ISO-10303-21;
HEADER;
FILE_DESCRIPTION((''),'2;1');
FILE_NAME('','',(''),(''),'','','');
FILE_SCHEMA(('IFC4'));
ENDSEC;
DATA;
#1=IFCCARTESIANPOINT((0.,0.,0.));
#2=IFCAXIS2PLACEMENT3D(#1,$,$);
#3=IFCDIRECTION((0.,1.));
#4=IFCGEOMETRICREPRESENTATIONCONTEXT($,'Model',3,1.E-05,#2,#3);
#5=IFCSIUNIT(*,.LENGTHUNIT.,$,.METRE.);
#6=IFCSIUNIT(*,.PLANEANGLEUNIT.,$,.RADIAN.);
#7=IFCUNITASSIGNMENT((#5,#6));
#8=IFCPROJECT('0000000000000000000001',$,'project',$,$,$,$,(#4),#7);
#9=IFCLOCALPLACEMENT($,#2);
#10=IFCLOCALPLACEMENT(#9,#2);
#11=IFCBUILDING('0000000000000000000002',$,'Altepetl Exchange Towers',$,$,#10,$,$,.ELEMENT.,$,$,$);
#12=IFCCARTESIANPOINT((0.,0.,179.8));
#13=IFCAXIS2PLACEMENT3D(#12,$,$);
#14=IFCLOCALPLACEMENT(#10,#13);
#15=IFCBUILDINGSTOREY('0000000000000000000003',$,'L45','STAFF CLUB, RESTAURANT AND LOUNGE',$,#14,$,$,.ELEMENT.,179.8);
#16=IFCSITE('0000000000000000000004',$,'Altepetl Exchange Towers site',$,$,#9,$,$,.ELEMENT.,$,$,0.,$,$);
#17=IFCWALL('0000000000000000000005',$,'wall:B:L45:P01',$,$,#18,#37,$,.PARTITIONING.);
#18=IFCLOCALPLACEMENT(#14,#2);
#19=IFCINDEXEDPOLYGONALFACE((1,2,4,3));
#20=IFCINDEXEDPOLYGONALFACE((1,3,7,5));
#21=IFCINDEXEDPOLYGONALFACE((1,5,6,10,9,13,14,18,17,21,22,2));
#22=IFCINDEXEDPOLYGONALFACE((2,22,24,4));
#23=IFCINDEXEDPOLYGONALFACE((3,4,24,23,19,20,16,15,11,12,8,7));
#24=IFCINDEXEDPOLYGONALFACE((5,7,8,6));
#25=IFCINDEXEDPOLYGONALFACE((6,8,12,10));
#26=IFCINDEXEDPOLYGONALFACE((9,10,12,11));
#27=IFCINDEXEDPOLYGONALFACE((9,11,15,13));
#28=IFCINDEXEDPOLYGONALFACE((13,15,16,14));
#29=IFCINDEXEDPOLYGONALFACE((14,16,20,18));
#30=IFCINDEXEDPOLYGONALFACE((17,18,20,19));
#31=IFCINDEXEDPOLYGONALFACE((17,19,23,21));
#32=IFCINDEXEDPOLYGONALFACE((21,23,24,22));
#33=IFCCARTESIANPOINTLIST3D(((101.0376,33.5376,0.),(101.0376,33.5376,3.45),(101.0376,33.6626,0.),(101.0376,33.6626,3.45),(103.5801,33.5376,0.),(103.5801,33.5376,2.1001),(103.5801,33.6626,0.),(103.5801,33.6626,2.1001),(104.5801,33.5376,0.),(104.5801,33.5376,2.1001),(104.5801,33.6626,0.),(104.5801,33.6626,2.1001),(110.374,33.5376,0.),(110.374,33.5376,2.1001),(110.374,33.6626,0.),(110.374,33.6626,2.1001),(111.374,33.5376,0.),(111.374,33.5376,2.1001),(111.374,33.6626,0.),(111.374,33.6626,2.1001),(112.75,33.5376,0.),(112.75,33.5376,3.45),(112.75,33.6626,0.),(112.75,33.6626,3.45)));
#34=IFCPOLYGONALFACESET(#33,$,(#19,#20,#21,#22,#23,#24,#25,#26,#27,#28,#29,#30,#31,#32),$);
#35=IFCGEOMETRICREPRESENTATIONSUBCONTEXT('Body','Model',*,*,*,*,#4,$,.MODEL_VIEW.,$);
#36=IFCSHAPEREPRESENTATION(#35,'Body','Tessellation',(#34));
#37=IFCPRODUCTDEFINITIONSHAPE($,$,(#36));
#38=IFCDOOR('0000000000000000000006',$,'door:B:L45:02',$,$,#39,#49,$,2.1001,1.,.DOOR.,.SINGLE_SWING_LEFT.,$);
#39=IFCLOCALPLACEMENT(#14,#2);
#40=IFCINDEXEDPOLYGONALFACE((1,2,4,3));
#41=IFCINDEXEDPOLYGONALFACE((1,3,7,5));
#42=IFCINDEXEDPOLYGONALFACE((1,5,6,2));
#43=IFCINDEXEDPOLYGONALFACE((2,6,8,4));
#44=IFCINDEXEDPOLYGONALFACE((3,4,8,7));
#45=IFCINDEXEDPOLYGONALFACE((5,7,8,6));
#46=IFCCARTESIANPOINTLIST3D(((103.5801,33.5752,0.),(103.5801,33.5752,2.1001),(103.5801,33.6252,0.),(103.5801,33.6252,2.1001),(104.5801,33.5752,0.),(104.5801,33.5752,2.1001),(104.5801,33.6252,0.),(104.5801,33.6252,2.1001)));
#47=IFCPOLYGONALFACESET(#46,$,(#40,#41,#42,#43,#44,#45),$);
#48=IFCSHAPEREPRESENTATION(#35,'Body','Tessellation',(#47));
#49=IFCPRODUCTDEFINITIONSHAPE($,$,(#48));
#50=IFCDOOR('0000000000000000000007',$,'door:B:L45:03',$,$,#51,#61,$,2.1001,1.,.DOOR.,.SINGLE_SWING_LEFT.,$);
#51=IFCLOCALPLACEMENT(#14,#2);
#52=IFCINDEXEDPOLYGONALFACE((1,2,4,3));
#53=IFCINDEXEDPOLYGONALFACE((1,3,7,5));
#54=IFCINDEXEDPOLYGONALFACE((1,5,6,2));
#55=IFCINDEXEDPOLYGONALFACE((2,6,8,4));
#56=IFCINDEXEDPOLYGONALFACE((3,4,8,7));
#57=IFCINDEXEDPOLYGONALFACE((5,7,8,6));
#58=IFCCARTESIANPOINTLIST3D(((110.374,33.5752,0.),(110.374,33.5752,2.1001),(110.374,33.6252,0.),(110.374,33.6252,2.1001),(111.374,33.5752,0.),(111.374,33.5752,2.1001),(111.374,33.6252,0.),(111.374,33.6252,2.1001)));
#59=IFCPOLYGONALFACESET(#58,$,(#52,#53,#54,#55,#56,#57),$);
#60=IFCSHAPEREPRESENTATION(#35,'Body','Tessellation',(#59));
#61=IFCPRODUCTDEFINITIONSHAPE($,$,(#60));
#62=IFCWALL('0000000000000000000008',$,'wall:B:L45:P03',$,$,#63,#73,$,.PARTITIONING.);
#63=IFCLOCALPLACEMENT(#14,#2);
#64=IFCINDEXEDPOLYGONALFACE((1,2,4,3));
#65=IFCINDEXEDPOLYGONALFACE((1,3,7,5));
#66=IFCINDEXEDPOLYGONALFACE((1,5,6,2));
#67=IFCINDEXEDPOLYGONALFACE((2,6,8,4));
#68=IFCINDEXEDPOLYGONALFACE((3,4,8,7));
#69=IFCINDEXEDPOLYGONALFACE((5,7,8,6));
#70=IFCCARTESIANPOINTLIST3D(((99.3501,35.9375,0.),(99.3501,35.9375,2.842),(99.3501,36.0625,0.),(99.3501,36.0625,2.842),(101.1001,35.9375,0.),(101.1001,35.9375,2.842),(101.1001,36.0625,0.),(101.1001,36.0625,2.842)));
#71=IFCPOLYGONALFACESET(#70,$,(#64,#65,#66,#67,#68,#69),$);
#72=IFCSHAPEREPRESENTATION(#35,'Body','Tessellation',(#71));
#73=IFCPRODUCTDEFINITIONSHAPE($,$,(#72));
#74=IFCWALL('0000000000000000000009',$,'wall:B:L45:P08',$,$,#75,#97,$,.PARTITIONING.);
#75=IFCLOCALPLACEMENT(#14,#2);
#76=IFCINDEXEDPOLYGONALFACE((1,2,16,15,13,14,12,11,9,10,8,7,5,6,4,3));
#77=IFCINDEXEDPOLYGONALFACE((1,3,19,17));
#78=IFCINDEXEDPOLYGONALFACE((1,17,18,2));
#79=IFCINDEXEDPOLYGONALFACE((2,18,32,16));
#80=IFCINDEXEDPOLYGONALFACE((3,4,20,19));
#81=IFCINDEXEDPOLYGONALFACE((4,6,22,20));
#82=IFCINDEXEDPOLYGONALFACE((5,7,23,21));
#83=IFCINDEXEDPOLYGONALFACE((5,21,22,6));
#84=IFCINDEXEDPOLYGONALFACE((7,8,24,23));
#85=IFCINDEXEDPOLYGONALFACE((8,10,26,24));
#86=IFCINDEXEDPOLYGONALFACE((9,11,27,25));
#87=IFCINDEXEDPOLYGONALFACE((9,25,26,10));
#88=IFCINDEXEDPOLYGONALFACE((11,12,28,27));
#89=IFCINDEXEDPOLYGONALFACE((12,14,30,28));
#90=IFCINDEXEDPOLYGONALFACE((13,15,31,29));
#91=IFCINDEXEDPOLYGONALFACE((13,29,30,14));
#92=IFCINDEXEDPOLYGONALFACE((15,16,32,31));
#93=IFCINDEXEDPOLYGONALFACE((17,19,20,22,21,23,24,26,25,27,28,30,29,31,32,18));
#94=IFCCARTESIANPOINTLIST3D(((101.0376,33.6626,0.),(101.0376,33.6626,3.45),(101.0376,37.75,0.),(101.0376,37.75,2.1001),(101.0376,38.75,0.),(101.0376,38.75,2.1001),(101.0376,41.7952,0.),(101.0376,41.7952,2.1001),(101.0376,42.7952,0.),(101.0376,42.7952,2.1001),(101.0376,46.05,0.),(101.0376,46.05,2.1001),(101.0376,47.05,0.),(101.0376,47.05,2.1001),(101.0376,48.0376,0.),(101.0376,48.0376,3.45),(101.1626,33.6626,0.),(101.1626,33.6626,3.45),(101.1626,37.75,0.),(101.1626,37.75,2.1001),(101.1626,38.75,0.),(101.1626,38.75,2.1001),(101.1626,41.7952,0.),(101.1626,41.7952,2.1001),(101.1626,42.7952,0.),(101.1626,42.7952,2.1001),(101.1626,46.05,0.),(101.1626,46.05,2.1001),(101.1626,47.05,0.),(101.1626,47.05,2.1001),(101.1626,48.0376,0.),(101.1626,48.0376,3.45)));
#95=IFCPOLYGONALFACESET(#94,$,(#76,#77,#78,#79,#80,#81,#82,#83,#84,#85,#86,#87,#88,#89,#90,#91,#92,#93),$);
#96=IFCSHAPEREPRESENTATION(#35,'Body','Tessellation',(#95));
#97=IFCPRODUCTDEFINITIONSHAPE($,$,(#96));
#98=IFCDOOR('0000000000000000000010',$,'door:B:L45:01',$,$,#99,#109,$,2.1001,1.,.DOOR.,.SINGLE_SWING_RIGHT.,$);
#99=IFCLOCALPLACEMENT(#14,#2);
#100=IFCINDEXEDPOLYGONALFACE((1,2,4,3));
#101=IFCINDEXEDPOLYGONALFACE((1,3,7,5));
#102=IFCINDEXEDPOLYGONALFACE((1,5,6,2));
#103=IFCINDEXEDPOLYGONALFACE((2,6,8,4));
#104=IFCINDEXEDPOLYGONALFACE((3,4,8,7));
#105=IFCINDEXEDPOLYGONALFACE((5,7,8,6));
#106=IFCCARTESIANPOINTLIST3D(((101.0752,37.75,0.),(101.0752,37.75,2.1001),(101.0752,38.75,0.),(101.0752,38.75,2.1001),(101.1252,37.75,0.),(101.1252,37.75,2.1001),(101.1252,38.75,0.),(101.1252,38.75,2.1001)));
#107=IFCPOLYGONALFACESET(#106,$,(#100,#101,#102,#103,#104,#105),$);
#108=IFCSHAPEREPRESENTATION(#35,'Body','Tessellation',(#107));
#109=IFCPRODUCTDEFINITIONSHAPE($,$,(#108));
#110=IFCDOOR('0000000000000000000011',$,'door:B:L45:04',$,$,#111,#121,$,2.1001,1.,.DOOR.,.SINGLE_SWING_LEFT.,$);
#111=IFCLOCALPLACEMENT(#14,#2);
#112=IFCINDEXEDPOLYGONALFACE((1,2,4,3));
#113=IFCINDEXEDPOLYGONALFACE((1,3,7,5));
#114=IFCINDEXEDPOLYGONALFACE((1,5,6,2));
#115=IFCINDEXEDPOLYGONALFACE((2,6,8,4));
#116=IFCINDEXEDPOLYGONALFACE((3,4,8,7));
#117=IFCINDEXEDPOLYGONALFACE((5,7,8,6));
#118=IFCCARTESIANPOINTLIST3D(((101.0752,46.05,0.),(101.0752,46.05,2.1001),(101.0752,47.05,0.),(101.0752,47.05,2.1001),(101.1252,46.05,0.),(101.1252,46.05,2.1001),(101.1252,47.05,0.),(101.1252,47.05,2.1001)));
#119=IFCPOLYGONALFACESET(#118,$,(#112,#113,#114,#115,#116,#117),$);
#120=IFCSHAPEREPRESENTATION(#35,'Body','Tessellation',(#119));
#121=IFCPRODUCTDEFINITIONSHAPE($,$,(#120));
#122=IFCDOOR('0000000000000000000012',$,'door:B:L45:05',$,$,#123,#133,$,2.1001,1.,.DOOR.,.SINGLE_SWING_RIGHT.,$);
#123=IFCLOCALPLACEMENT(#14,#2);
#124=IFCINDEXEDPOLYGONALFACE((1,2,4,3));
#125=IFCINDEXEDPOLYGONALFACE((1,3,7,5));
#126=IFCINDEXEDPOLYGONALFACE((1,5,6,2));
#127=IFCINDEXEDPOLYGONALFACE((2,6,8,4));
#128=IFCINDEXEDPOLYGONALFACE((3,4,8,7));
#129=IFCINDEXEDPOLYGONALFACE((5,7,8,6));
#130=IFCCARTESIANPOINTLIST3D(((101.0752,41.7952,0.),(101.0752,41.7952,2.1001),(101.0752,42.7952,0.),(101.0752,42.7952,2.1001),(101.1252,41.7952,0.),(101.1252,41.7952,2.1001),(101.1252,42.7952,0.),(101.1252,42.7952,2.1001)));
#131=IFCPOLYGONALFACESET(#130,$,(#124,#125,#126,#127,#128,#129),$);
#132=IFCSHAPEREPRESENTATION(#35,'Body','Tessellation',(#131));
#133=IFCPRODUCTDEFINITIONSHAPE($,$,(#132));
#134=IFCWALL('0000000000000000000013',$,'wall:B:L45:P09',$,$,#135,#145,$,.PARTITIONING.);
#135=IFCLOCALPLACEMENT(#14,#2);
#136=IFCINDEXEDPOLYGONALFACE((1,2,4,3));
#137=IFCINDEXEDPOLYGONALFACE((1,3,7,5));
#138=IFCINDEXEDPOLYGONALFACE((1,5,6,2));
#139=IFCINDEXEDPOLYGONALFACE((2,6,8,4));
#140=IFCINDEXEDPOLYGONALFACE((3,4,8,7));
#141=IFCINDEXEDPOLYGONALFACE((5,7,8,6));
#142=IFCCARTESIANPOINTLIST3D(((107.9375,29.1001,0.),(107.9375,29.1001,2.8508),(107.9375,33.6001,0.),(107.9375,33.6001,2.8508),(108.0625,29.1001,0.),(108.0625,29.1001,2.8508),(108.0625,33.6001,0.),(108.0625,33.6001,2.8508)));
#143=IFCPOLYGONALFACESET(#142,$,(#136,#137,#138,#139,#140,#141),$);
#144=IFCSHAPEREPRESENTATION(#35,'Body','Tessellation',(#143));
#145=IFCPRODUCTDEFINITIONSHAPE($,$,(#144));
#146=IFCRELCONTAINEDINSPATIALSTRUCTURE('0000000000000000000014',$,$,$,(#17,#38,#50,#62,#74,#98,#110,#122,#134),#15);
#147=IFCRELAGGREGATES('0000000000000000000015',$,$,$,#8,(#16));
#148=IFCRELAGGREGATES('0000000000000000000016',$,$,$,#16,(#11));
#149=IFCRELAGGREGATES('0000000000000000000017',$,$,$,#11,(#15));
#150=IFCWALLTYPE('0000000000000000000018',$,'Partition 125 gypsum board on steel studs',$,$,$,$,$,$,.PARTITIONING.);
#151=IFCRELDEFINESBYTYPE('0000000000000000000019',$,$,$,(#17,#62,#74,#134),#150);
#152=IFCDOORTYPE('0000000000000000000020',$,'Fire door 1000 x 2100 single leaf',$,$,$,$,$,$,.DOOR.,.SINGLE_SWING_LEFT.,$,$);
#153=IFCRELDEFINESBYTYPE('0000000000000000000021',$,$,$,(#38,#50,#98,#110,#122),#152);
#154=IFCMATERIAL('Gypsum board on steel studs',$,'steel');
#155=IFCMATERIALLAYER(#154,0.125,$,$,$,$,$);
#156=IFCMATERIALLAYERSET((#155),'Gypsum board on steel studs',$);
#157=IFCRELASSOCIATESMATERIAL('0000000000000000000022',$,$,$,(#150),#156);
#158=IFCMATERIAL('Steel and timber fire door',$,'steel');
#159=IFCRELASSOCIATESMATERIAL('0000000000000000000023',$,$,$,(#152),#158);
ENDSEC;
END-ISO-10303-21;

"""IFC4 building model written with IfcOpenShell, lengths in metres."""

from ifc_helpers import new_model, si_unit, direction, frame, frame_2d, origin, place, context, subcontext, project, spatial, rectangle, extrude, material, layer, layer_set, type_object, element, fill, save


model = new_model("IFC4")

# Units and contexts
model_context = context("Model", 3, precision=1e-05, world=origin(), true_north=direction((0.0, 1.0)))
body_context = subcontext(model_context, "Body", "Model", "MODEL_VIEW")
ifc_project = project(units=[si_unit("LENGTHUNIT", "METRE"), si_unit("PLANEANGLEUNIT", "RADIAN")], contexts=[model_context])

# Site, building, storey
site_placement = place(None, origin())
site = spatial("IfcSite", under=ifc_project, at=site_placement, Name="Altepetl Exchange Towers site", CompositionType="ELEMENT", RefElevation=0.0)
building_placement = place(site_placement, origin())
building = spatial("IfcBuilding", under=site, at=building_placement, Name="Altepetl Exchange Towers", CompositionType="ELEMENT")
storey_placement = place(building_placement, frame((0.0, 0.0, 179.8)))
storey = spatial("IfcBuildingStorey", under=building, at=storey_placement, Name="L45", Description="STAFF CLUB, RESTAURANT AND LOUNGE", CompositionType="ELEMENT", Elevation=179.8)

# Wall, openings, doors
ifc_material_1 = material(Name="Gypsum board on steel studs", Category="steel")
ifc_layer_1 = layer(ifc_material_1, 0.125)
ifc_layer_set_1 = layer_set([ifc_layer_1], Name="Gypsum board on steel studs")
wall_type_1 = type_object("IfcWallType", Name="Partition 125 gypsum board on steel studs", PredefinedType="PARTITIONING", material=ifc_layer_set_1)
wall_1_placement = place(storey_placement, frame((101.0376, 33.6001, 0.0)))
wall_1 = element("IfcWall", 1, at=wall_1_placement, inside=storey, type_object=wall_type_1, Name="wall:B:L45:P01", PredefinedType="PARTITIONING", context=body_context, shape_type="SweptSolid", body=[
    extrude(rectangle(XDim=11.7124, YDim=0.125, at=frame_2d((5.8562, 0.0))), origin(), (0.0, 0.0, 1.0), 3.45),
])
opening_1_placement = place(wall_1_placement, frame((2.5425, 0.0, 0.0)))
opening_1 = element("IfcOpeningElement", 2, at=opening_1_placement, cuts=wall_1, PredefinedType="OPENING", context=body_context, shape_type="SweptSolid", body=[
    extrude(rectangle(XDim=1.0, YDim=2.1001, at=frame_2d((0.5, 1.05))), frame((0.0, 0.0725, 0.0), z_axis=(0.0, -1.0, 0.0), x_axis=(1.0, 0.0, 0.0)), (0.0, 0.0, 1.0), 0.145),
])
opening_2_placement = place(wall_1_placement, frame((9.3364, 0.0, 0.0)))
opening_2 = element("IfcOpeningElement", 3, at=opening_2_placement, cuts=wall_1, PredefinedType="OPENING", context=body_context, shape_type="SweptSolid", body=[
    extrude(rectangle(XDim=1.0, YDim=2.1001, at=frame_2d((0.5, 1.05))), frame((0.0, 0.0725, 0.0), z_axis=(0.0, -1.0, 0.0), x_axis=(1.0, 0.0, 0.0)), (0.0, 0.0, 1.0), 0.145),
])
ifc_material_2 = material(Name="Steel and timber fire door", Category="steel")
door_type_1 = type_object("IfcDoorType", Name="Fire door 1000 x 2100 single leaf", OperationType="SINGLE_SWING_LEFT", PredefinedType="DOOR", material=ifc_material_2)
door_1_placement = place(opening_1_placement, frame((1.0, 0.0, 0.0), x_axis=(-1.0, 0.0, 0.0)))
door_1 = element("IfcDoor", 4, at=door_1_placement, inside=storey, type_object=door_type_1, Name="door:B:L45:02", OperationType="SINGLE_SWING_LEFT", OverallHeight=2.1001, OverallWidth=1.0, PredefinedType="DOOR", context=body_context, shape_type="SweptSolid", body=[
    extrude(rectangle(XDim=1.0, YDim=2.1001, at=frame_2d((0.5, 1.05))), frame((0.0, 0.0249, 0.0), z_axis=(0.0, -1.0, 0.0), x_axis=(1.0, 0.0, 0.0)), (0.0, 0.0, 1.0), 0.05),
])
fill(opening_1, door_1)
door_2_placement = place(opening_2_placement, frame((1.0, 0.0, 0.0), x_axis=(-1.0, 0.0, 0.0)))
door_2 = element("IfcDoor", 5, at=door_2_placement, inside=storey, type_object=door_type_1, Name="door:B:L45:03", OperationType="SINGLE_SWING_LEFT", OverallHeight=2.1001, OverallWidth=1.0, PredefinedType="DOOR", context=body_context, shape_type="SweptSolid", body=[
    extrude(rectangle(XDim=1.0, YDim=2.1001, at=frame_2d((0.5, 1.05))), frame((0.0, 0.0249, 0.0), z_axis=(0.0, -1.0, 0.0), x_axis=(1.0, 0.0, 0.0)), (0.0, 0.0, 1.0), 0.05),
])
fill(opening_2, door_2)

# Wall
wall_2_placement = place(storey_placement, frame((99.3501, 36.0, 0.0)))
element("IfcWall", 6, at=wall_2_placement, inside=storey, type_object=wall_type_1, Name="wall:B:L45:P03", PredefinedType="PARTITIONING", context=body_context, shape_type="SweptSolid", body=[
    extrude(rectangle(XDim=1.75, YDim=0.125, at=frame_2d((0.875, 0.0))), origin(), (0.0, 0.0, 1.0), 2.842),
])

# Wall, openings, doors
wall_3_placement = place(storey_placement, frame((101.1001, 33.6626, 0.0), z_axis=(0.0, 0.0, 1.0), x_axis=(0.0, 1.0, 0.0)))
wall_3 = element("IfcWall", 7, at=wall_3_placement, inside=storey, type_object=wall_type_1, Name="wall:B:L45:P08", PredefinedType="PARTITIONING", context=body_context, shape_type="SweptSolid", body=[
    extrude(rectangle(XDim=14.375, YDim=0.125, at=frame_2d((7.1875, 0.0))), origin(), (0.0, 0.0, 1.0), 3.45),
])
opening_3_placement = place(wall_3_placement, frame((4.0874, 0.0, 0.0)))
opening_3 = element("IfcOpeningElement", 8, at=opening_3_placement, cuts=wall_3, PredefinedType="OPENING", context=body_context, shape_type="SweptSolid", body=[
    extrude(rectangle(XDim=1.0, YDim=2.1001, at=frame_2d((0.5, 1.05))), frame((0.0, 0.0725, 0.0), z_axis=(0.0, -1.0, 0.0), x_axis=(1.0, 0.0, 0.0)), (0.0, 0.0, 1.0), 0.145),
])
opening_4_placement = place(wall_3_placement, frame((12.3875, 0.0, 0.0)))
opening_4 = element("IfcOpeningElement", 9, at=opening_4_placement, cuts=wall_3, PredefinedType="OPENING", context=body_context, shape_type="SweptSolid", body=[
    extrude(rectangle(XDim=1.0, YDim=2.1001, at=frame_2d((0.5, 1.05))), frame((0.0, 0.0725, 0.0), z_axis=(0.0, -1.0, 0.0), x_axis=(1.0, 0.0, 0.0)), (0.0, 0.0, 1.0), 0.145),
])
opening_5_placement = place(wall_3_placement, frame((8.1326, 0.0, 0.0)))
opening_5 = element("IfcOpeningElement", 10, at=opening_5_placement, cuts=wall_3, PredefinedType="OPENING", context=body_context, shape_type="SweptSolid", body=[
    extrude(rectangle(XDim=1.0, YDim=2.1001, at=frame_2d((0.5, 1.05))), frame((0.0, 0.0725, 0.0), z_axis=(0.0, -1.0, 0.0), x_axis=(1.0, 0.0, 0.0)), (0.0, 0.0, 1.0), 0.145),
])
door_3_placement = place(opening_3_placement, origin())
door_3 = element("IfcDoor", 11, at=door_3_placement, inside=storey, type_object=door_type_1, Name="door:B:L45:01", OperationType="SINGLE_SWING_RIGHT", OverallHeight=2.1001, OverallWidth=1.0, PredefinedType="DOOR", context=body_context, shape_type="SweptSolid", body=[
    extrude(rectangle(XDim=1.0, YDim=2.1001, at=frame_2d((0.5, 1.05))), frame((0.0, 0.0249, 0.0), z_axis=(0.0, -1.0, 0.0), x_axis=(1.0, 0.0, 0.0)), (0.0, 0.0, 1.0), 0.05),
])
fill(opening_3, door_3)
door_4_placement = place(opening_4_placement, origin())
door_4 = element("IfcDoor", 12, at=door_4_placement, inside=storey, type_object=door_type_1, Name="door:B:L45:04", OperationType="SINGLE_SWING_LEFT", OverallHeight=2.1001, OverallWidth=1.0, PredefinedType="DOOR", context=body_context, shape_type="SweptSolid", body=[
    extrude(rectangle(XDim=1.0, YDim=2.1001, at=frame_2d((0.5, 1.05))), frame((0.0, 0.0249, 0.0), z_axis=(0.0, -1.0, 0.0), x_axis=(1.0, 0.0, 0.0)), (0.0, 0.0, 1.0), 0.05),
])
fill(opening_4, door_4)
door_5_placement = place(opening_5_placement, origin())
door_5 = element("IfcDoor", 13, at=door_5_placement, inside=storey, type_object=door_type_1, Name="door:B:L45:05", OperationType="SINGLE_SWING_RIGHT", OverallHeight=2.1001, OverallWidth=1.0, PredefinedType="DOOR", context=body_context, shape_type="SweptSolid", body=[
    extrude(rectangle(XDim=1.0, YDim=2.1001, at=frame_2d((0.5, 1.05))), frame((0.0, 0.0249, 0.0), z_axis=(0.0, -1.0, 0.0), x_axis=(1.0, 0.0, 0.0)), (0.0, 0.0, 1.0), 0.05),
])
fill(opening_5, door_5)

# Wall
wall_4_placement = place(storey_placement, frame((108.0, 29.1001, 0.0), z_axis=(0.0, 0.0, 1.0), x_axis=(0.0, 1.0, 0.0)))
element("IfcWall", 14, at=wall_4_placement, inside=storey, type_object=wall_type_1, Name="wall:B:L45:P09", PredefinedType="PARTITIONING", context=body_context, shape_type="SweptSolid", body=[
    extrude(rectangle(XDim=4.5, YDim=0.125, at=frame_2d((2.25, 0.0))), origin(), (0.0, 0.0, 1.0), 2.8508),
])

save(model, "model.ifc")
